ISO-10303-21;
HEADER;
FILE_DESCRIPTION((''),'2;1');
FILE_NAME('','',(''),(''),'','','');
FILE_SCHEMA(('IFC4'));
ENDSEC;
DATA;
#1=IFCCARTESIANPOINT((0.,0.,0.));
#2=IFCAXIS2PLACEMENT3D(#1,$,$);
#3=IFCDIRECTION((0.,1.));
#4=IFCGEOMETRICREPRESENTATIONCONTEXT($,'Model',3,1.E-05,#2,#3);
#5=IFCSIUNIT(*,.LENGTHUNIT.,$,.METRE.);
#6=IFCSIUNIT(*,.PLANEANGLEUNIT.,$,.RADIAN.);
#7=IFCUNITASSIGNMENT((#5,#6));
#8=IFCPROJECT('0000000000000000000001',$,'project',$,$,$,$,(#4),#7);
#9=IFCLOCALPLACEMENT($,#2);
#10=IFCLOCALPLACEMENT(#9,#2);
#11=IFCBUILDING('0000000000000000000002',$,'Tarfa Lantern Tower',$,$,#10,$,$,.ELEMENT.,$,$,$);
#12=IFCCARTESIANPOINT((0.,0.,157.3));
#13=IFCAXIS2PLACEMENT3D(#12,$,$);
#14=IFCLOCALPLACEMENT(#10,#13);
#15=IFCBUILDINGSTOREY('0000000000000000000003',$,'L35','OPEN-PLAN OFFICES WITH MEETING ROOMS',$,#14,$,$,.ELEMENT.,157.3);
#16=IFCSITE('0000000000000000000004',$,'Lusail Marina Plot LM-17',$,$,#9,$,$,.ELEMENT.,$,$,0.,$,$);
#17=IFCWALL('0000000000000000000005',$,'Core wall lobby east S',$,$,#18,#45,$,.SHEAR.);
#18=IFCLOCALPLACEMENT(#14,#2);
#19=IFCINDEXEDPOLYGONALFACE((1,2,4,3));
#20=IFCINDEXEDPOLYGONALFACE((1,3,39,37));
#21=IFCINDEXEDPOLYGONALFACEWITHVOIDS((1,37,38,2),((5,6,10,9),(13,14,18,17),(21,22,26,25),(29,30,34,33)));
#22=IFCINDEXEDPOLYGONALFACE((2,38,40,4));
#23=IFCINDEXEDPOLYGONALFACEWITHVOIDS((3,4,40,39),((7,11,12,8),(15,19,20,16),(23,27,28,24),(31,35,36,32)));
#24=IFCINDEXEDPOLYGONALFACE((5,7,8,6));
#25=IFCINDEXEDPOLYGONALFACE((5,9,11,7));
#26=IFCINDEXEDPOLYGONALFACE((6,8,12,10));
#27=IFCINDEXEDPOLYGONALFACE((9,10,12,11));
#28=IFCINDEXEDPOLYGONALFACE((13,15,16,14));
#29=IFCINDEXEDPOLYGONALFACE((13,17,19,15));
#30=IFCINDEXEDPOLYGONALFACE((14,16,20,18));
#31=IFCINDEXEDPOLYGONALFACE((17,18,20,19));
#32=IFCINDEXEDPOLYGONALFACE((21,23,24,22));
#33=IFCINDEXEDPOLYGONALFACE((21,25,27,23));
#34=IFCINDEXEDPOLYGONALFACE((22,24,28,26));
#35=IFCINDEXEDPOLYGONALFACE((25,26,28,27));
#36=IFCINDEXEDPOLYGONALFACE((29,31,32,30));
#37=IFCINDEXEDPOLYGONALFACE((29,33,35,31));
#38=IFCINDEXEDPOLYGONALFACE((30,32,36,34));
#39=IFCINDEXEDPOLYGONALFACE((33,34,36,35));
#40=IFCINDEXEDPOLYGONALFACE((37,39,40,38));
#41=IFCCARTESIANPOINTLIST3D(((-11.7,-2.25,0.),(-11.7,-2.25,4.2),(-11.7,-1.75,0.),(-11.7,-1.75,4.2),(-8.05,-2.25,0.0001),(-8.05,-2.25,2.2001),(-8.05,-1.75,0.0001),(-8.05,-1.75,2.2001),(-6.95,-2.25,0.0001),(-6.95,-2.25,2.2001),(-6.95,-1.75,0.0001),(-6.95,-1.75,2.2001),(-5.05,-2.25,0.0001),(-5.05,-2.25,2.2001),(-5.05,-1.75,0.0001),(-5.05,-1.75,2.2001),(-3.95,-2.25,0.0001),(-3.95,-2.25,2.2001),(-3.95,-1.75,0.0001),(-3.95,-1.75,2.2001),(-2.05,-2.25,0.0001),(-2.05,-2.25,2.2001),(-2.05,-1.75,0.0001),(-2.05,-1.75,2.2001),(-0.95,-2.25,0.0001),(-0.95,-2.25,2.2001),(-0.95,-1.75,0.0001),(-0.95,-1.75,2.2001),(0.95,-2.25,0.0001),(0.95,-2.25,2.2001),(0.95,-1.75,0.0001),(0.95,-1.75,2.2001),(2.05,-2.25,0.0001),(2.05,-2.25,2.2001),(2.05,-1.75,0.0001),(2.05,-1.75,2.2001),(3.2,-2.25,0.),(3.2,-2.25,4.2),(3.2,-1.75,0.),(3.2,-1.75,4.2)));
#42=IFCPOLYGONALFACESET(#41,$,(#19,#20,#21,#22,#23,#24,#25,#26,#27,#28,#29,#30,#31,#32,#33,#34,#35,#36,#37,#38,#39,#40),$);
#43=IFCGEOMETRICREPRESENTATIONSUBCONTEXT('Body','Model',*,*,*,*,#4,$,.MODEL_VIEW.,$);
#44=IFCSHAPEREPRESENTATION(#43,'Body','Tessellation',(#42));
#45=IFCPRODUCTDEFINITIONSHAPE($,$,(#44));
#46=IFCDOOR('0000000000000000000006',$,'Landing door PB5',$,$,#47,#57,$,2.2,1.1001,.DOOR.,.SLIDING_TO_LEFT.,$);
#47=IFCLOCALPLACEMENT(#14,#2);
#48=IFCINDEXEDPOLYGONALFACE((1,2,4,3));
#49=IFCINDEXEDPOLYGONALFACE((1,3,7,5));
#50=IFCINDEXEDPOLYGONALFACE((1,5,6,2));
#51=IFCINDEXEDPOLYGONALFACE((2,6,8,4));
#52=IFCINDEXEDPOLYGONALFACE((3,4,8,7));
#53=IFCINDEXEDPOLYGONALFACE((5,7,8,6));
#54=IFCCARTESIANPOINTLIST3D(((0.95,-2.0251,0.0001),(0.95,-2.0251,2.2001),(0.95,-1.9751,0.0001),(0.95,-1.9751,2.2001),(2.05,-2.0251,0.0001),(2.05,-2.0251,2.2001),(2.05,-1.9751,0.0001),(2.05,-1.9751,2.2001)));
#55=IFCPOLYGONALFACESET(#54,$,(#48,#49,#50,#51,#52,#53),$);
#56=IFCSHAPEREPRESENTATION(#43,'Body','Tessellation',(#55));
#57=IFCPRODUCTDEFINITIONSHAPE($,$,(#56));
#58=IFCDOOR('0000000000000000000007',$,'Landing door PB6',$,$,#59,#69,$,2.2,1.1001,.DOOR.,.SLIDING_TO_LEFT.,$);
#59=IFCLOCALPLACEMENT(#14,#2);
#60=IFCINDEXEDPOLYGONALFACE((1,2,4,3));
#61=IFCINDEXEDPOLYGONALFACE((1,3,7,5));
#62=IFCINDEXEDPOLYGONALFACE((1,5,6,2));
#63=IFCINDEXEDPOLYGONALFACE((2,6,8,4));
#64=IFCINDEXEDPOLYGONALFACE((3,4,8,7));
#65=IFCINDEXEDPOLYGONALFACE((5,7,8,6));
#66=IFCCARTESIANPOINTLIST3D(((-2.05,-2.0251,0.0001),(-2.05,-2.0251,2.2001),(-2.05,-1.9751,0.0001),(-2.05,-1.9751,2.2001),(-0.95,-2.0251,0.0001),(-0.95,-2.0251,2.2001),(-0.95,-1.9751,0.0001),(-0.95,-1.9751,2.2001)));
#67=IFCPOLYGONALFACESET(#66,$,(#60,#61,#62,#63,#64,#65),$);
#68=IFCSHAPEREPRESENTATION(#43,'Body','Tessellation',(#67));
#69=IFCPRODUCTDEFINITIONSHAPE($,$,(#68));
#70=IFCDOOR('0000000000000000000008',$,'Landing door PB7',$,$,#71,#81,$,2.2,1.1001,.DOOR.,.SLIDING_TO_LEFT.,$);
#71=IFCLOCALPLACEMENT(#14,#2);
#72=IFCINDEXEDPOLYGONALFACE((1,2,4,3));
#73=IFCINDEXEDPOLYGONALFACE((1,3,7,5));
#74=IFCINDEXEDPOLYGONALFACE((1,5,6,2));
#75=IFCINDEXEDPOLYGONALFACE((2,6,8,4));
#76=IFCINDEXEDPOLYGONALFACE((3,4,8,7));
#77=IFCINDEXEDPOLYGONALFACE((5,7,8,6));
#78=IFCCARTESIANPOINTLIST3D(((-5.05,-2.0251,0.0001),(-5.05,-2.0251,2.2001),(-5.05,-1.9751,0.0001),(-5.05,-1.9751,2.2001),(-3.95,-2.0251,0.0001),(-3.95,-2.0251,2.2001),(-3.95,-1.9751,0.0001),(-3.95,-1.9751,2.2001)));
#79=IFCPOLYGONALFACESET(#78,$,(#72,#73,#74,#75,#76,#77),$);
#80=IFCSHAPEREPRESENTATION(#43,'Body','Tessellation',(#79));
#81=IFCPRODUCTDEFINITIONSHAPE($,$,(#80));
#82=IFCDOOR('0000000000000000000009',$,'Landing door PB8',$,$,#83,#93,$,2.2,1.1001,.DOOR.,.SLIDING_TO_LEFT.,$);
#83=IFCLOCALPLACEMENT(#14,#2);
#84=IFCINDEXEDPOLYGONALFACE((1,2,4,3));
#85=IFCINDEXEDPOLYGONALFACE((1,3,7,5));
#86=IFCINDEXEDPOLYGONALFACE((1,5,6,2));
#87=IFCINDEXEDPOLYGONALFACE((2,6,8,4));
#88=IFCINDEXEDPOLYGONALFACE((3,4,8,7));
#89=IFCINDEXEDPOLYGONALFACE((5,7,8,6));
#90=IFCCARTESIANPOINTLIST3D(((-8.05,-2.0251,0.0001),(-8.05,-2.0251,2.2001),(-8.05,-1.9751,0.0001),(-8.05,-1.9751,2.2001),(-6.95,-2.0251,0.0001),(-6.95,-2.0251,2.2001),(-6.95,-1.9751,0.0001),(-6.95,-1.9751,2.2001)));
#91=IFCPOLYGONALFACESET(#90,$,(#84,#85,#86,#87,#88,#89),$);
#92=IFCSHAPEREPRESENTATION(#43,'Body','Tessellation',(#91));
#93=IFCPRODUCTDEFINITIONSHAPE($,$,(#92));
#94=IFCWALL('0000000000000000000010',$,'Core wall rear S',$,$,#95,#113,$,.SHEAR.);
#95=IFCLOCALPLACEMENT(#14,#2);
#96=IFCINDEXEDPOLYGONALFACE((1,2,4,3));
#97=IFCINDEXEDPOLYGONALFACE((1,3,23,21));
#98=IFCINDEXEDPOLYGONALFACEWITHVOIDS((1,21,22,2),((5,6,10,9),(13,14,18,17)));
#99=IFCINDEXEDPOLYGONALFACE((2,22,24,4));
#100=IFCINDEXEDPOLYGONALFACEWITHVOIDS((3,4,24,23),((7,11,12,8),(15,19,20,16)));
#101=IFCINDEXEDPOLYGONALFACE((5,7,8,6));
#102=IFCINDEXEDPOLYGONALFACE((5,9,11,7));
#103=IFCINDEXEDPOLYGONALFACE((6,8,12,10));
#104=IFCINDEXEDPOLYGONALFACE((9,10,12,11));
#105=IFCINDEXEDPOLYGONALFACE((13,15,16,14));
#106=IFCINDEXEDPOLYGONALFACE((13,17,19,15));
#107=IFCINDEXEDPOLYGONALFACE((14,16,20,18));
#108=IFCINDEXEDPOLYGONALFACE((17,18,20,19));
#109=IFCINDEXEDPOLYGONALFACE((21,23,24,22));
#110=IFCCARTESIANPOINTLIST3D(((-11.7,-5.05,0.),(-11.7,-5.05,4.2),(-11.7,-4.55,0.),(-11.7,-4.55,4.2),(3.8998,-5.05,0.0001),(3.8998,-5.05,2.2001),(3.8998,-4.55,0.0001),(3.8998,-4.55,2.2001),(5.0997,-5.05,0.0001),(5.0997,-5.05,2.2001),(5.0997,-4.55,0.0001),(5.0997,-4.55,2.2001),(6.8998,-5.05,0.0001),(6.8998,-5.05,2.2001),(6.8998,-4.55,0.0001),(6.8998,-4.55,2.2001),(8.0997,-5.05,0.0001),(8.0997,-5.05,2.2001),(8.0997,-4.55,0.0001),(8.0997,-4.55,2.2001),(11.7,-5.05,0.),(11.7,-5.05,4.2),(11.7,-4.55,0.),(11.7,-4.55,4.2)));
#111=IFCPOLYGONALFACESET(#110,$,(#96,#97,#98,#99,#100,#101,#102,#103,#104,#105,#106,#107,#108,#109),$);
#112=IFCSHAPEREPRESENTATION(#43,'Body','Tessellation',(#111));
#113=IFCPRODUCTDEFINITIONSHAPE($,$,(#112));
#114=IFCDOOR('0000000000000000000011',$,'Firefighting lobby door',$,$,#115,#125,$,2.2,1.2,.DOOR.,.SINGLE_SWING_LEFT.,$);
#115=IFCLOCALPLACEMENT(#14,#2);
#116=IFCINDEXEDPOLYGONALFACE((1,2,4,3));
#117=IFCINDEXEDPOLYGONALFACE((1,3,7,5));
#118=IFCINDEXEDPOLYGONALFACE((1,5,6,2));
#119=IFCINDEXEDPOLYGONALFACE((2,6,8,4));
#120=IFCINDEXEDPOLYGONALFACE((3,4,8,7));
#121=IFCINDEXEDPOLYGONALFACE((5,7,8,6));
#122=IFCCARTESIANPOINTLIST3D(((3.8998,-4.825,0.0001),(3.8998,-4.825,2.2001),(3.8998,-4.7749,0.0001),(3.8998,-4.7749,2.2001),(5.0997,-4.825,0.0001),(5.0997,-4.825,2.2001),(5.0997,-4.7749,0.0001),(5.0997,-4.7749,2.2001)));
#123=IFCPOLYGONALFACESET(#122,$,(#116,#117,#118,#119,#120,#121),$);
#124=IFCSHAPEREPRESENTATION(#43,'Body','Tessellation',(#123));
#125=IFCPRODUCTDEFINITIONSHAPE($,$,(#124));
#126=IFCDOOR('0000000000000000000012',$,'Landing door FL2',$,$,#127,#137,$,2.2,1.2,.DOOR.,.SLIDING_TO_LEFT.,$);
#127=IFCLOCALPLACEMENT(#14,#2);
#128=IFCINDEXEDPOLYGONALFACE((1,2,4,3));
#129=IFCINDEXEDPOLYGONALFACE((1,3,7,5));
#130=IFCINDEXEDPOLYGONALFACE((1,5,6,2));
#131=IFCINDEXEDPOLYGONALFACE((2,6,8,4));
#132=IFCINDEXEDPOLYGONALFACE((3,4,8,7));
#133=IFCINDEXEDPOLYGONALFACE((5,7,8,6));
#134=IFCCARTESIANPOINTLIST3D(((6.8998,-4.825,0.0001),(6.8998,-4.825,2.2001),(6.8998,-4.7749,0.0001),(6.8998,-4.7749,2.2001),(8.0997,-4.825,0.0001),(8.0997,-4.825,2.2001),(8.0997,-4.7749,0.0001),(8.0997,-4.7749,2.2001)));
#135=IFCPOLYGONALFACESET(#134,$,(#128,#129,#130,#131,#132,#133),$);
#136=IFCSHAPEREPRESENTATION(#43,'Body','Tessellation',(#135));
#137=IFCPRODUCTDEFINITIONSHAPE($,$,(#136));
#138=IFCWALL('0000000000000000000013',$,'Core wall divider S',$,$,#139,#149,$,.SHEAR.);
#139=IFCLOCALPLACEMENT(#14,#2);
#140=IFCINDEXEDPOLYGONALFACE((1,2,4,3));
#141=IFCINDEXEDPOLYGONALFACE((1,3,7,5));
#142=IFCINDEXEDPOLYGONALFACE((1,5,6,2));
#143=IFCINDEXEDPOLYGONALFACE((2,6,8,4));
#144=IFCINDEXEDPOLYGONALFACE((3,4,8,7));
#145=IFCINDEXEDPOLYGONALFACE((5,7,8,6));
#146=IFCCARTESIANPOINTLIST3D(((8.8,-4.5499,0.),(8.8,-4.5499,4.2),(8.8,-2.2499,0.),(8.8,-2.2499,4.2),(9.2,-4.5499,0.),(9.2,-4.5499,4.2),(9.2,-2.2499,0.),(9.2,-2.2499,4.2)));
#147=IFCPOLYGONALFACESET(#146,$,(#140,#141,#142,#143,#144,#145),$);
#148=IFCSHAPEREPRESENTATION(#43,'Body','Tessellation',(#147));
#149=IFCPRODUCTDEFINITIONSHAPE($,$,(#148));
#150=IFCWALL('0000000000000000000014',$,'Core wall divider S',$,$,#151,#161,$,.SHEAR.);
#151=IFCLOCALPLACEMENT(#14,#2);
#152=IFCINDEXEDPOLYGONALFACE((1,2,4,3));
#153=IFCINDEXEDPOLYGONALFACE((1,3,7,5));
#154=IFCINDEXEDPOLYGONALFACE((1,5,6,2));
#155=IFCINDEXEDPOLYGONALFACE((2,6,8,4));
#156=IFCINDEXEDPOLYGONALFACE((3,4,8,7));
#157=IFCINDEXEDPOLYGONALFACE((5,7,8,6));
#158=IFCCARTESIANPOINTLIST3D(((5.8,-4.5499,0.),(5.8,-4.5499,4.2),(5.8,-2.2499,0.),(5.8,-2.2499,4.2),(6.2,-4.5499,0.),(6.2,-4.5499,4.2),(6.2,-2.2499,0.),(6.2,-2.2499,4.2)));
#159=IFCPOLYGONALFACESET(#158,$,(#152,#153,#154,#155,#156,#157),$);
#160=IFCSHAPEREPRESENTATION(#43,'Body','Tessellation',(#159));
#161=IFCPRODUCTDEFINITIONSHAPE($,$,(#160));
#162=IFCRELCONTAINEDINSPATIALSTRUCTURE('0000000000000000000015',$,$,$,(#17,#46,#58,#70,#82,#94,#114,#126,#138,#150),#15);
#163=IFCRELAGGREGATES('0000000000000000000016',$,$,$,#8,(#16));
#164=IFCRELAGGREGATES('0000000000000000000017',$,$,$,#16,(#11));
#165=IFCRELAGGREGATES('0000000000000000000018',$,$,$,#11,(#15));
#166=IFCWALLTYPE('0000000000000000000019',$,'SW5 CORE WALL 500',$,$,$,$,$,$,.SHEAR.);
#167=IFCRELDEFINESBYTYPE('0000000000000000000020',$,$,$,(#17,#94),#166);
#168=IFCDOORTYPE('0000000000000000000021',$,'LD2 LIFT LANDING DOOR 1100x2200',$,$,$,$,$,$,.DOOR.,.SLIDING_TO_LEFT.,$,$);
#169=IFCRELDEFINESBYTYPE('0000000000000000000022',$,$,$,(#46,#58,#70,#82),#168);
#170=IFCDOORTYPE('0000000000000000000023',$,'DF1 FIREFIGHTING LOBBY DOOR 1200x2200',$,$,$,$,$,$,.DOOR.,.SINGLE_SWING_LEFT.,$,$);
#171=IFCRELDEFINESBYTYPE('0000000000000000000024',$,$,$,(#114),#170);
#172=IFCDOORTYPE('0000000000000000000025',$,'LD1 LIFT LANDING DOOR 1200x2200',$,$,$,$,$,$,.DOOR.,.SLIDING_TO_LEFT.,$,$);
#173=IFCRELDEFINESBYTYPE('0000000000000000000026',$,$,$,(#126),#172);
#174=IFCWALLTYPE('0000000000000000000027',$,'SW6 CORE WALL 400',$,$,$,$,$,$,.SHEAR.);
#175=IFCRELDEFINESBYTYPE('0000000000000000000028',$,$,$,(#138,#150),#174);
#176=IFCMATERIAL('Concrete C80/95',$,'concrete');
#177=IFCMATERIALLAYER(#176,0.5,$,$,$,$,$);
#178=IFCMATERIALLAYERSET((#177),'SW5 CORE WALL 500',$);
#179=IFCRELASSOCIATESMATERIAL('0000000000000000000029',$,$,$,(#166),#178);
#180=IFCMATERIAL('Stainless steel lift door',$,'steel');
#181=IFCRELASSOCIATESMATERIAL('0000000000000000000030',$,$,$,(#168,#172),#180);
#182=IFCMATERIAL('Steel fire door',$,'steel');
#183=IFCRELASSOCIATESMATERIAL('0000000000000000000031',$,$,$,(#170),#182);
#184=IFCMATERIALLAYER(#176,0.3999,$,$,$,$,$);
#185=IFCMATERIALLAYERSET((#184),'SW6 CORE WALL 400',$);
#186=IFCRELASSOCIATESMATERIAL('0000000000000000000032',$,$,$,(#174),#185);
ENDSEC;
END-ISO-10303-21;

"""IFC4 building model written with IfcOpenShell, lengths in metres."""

from ifc_helpers import new_model, si_unit, direction, frame, frame_2d, origin, place, context, subcontext, project, spatial, rectangle, extrude, material, layer, layer_set, type_object, element, fill, save


model = new_model("IFC4")

# Units and contexts
model_context = context("Model", 3, precision=1e-05, world=origin(), true_north=direction((0.0, 1.0)))
body_context = subcontext(model_context, "Body", "Model", "MODEL_VIEW")
ifc_project = project(units=[si_unit("LENGTHUNIT", "METRE"), si_unit("PLANEANGLEUNIT", "RADIAN")], contexts=[model_context])

# Site, building, storey
site_placement = place(None, origin())
site = spatial("IfcSite", under=ifc_project, at=site_placement, Name="Lusail Marina Plot LM-17", CompositionType="ELEMENT", RefElevation=0.0)
building_placement = place(site_placement, origin())
building = spatial("IfcBuilding", under=site, at=building_placement, Name="Tarfa Lantern Tower", CompositionType="ELEMENT")
storey_placement = place(building_placement, frame((0.0, 0.0, 157.3)))
storey = spatial("IfcBuildingStorey", under=building, at=storey_placement, Name="L35", Description="OPEN-PLAN OFFICES WITH MEETING ROOMS", CompositionType="ELEMENT", Elevation=157.3)

# Shared definitions
ifc_material_1 = material(Name="Concrete C80/95", Category="concrete")

# Shared definitions
ifc_material_2 = material(Name="Steel fire door", Category="steel")

# Shared definitions
ifc_layer_1 = layer(ifc_material_1, 0.5)
ifc_layer_set_1 = layer_set([ifc_layer_1], Name="SW5 CORE WALL 500")
wall_type_1 = type_object("IfcWallType", Name="SW5 CORE WALL 500", PredefinedType="SHEAR", material=ifc_layer_set_1)

# Walls, openings, doors
wall_1_placement = place(storey_placement, frame((3.2, -2.0, 0.0), z_axis=(0.0, 0.0, 1.0), x_axis=(-1.0, 0.0, 0.0)))
wall_1 = element("IfcWall", 1, at=wall_1_placement, inside=storey, type_object=wall_type_1, Name="Core wall lobby east S", PredefinedType="SHEAR", context=body_context, shape_type="SweptSolid", body=[
    extrude(rectangle(XDim=14.8999, YDim=0.5, at=frame_2d((7.45, 0.0))), origin(), (0.0, 0.0, 1.0), 4.2),
])
opening_1_placement = place(wall_1_placement, frame((1.1499, 0.0, 0.0)))
opening_1 = element("IfcOpeningElement", 2, at=opening_1_placement, cuts=wall_1, PredefinedType="OPENING", context=body_context, shape_type="SweptSolid", body=[
    extrude(rectangle(XDim=1.1001, YDim=2.2, at=frame_2d((0.55, 1.1001))), frame((0.0, 0.26, 0.0), z_axis=(0.0, -1.0, 0.0), x_axis=(1.0, 0.0, 0.0)), (0.0, 0.0, 1.0), 0.52),
])
opening_2_placement = place(wall_1_placement, frame((4.1499, 0.0, 0.0)))
opening_2 = element("IfcOpeningElement", 3, at=opening_2_placement, cuts=wall_1, PredefinedType="OPENING", context=body_context, shape_type="SweptSolid", body=[
    extrude(rectangle(XDim=1.1001, YDim=2.2, at=frame_2d((0.55, 1.1001))), frame((0.0, 0.26, 0.0), z_axis=(0.0, -1.0, 0.0), x_axis=(1.0, 0.0, 0.0)), (0.0, 0.0, 1.0), 0.52),
])
opening_3_placement = place(wall_1_placement, frame((7.1499, 0.0, 0.0)))
opening_3 = element("IfcOpeningElement", 4, at=opening_3_placement, cuts=wall_1, PredefinedType="OPENING", context=body_context, shape_type="SweptSolid", body=[
    extrude(rectangle(XDim=1.1001, YDim=2.2, at=frame_2d((0.55, 1.1001))), frame((0.0, 0.26, 0.0), z_axis=(0.0, -1.0, 0.0), x_axis=(1.0, 0.0, 0.0)), (0.0, 0.0, 1.0), 0.52),
])
opening_4_placement = place(wall_1_placement, frame((10.1499, 0.0, 0.0)))
opening_4 = element("IfcOpeningElement", 5, at=opening_4_placement, cuts=wall_1, PredefinedType="OPENING", context=body_context, shape_type="SweptSolid", body=[
    extrude(rectangle(XDim=1.1001, YDim=2.2, at=frame_2d((0.55, 1.1001))), frame((0.0, 0.26, 0.0), z_axis=(0.0, -1.0, 0.0), x_axis=(1.0, 0.0, 0.0)), (0.0, 0.0, 1.0), 0.52),
])
ifc_material_3 = material(Name="Stainless steel lift door", Category="steel")
door_type_1 = type_object("IfcDoorType", Name="LD2 LIFT LANDING DOOR 1100x2200", OperationType="SLIDING_TO_LEFT", PredefinedType="DOOR", material=ifc_material_3)
door_1_placement = place(opening_1_placement, frame((1.1001, 0.0, 0.0), z_axis=(0.0, 0.0, 1.0), x_axis=(-1.0, 0.0, 0.0)))
door_1 = element("IfcDoor", 6, at=door_1_placement, inside=storey, type_object=door_type_1, Name="Landing door PB5", OperationType="SLIDING_TO_LEFT", OverallHeight=2.2, OverallWidth=1.1001, PredefinedType="DOOR", context=body_context, shape_type="SweptSolid", body=[
    extrude(rectangle(XDim=1.1001, YDim=2.2, at=frame_2d((0.55, 1.1001))), frame((0.0, 0.0249, 0.0), z_axis=(0.0, -1.0, 0.0), x_axis=(1.0, 0.0, 0.0)), (0.0, 0.0, 1.0), 0.05),
])
fill(opening_1, door_1)
door_2_placement = place(opening_2_placement, frame((1.1001, 0.0, 0.0), z_axis=(0.0, 0.0, 1.0), x_axis=(-1.0, 0.0, 0.0)))
door_2 = element("IfcDoor", 7, at=door_2_placement, inside=storey, type_object=door_type_1, Name="Landing door PB6", OperationType="SLIDING_TO_LEFT", OverallHeight=2.2, OverallWidth=1.1001, PredefinedType="DOOR", context=body_context, shape_type="SweptSolid", body=[
    extrude(rectangle(XDim=1.1001, YDim=2.2, at=frame_2d((0.55, 1.1001))), frame((0.0, 0.0249, 0.0), z_axis=(0.0, -1.0, 0.0), x_axis=(1.0, 0.0, 0.0)), (0.0, 0.0, 1.0), 0.05),
])
fill(opening_2, door_2)
door_3_placement = place(opening_3_placement, frame((1.1001, 0.0, 0.0), z_axis=(0.0, 0.0, 1.0), x_axis=(-1.0, 0.0, 0.0)))
door_3 = element("IfcDoor", 8, at=door_3_placement, inside=storey, type_object=door_type_1, Name="Landing door PB7", OperationType="SLIDING_TO_LEFT", OverallHeight=2.2, OverallWidth=1.1001, PredefinedType="DOOR", context=body_context, shape_type="SweptSolid", body=[
    extrude(rectangle(XDim=1.1001, YDim=2.2, at=frame_2d((0.55, 1.1001))), frame((0.0, 0.0249, 0.0), z_axis=(0.0, -1.0, 0.0), x_axis=(1.0, 0.0, 0.0)), (0.0, 0.0, 1.0), 0.05),
])
fill(opening_3, door_3)
door_4_placement = place(opening_4_placement, frame((1.1001, 0.0, 0.0), z_axis=(0.0, 0.0, 1.0), x_axis=(-1.0, 0.0, 0.0)))
door_4 = element("IfcDoor", 9, at=door_4_placement, inside=storey, type_object=door_type_1, Name="Landing door PB8", OperationType="SLIDING_TO_LEFT", OverallHeight=2.2, OverallWidth=1.1001, PredefinedType="DOOR", context=body_context, shape_type="SweptSolid", body=[
    extrude(rectangle(XDim=1.1001, YDim=2.2, at=frame_2d((0.55, 1.1001))), frame((0.0, 0.0249, 0.0), z_axis=(0.0, -1.0, 0.0), x_axis=(1.0, 0.0, 0.0)), (0.0, 0.0, 1.0), 0.05),
])
fill(opening_4, door_4)
wall_2_placement = place(storey_placement, frame((11.7, -4.8, 0.0), z_axis=(0.0, 0.0, 1.0), x_axis=(-1.0, 0.0, 0.0)))
wall_2 = element("IfcWall", 10, at=wall_2_placement, inside=storey, type_object=wall_type_1, Name="Core wall rear S", PredefinedType="SHEAR", context=body_context, shape_type="SweptSolid", body=[
    extrude(rectangle(XDim=23.3999, YDim=0.5, at=frame_2d((11.7, 0.0))), origin(), (0.0, 0.0, 1.0), 4.2),
])
opening_5_placement = place(wall_2_placement, frame((6.6001, 0.0, 0.0)))
opening_5 = element("IfcOpeningElement", 11, at=opening_5_placement, cuts=wall_2, PredefinedType="OPENING", context=body_context, shape_type="SweptSolid", body=[
    extrude(rectangle(XDim=1.2, YDim=2.2, at=frame_2d((0.6001, 1.1001))), frame((0.0, 0.26, 0.0), z_axis=(0.0, -1.0, 0.0), x_axis=(1.0, 0.0, 0.0)), (0.0, 0.0, 1.0), 0.52),
])
opening_6_placement = place(wall_2_placement, frame((3.6001, 0.0, 0.0)))
opening_6 = element("IfcOpeningElement", 12, at=opening_6_placement, cuts=wall_2, PredefinedType="OPENING", context=body_context, shape_type="SweptSolid", body=[
    extrude(rectangle(XDim=1.2, YDim=2.2, at=frame_2d((0.6001, 1.1001))), frame((0.0, 0.26, 0.0), z_axis=(0.0, -1.0, 0.0), x_axis=(1.0, 0.0, 0.0)), (0.0, 0.0, 1.0), 0.52),
])
door_type_2 = type_object("IfcDoorType", Name="DF1 FIREFIGHTING LOBBY DOOR 1200x2200", OperationType="SINGLE_SWING_LEFT", PredefinedType="DOOR", material=ifc_material_2)
door_5_placement = place(opening_5_placement, origin())
door_5 = element("IfcDoor", 13, at=door_5_placement, inside=storey, type_object=door_type_2, Name="Firefighting lobby door", OperationType="SINGLE_SWING_LEFT", OverallHeight=2.2, OverallWidth=1.2, PredefinedType="DOOR", context=body_context, shape_type="SweptSolid", body=[
    extrude(rectangle(XDim=1.2, YDim=2.2, at=frame_2d((0.6001, 1.1001))), frame((0.0, 0.0249, 0.0), z_axis=(0.0, -1.0, 0.0), x_axis=(1.0, 0.0, 0.0)), (0.0, 0.0, 1.0), 0.05),
])
fill(opening_5, door_5)
door_type_3 = type_object("IfcDoorType", Name="LD1 LIFT LANDING DOOR 1200x2200", OperationType="SLIDING_TO_LEFT", PredefinedType="DOOR", material=ifc_material_3)
door_6_placement = place(opening_6_placement, origin())
door_6 = element("IfcDoor", 14, at=door_6_placement, inside=storey, type_object=door_type_3, Name="Landing door FL2", OperationType="SLIDING_TO_LEFT", OverallHeight=2.2, OverallWidth=1.2, PredefinedType="DOOR", context=body_context, shape_type="SweptSolid", body=[
    extrude(rectangle(XDim=1.2, YDim=2.2, at=frame_2d((0.6001, 1.1001))), frame((0.0, 0.0249, 0.0), z_axis=(0.0, -1.0, 0.0), x_axis=(1.0, 0.0, 0.0)), (0.0, 0.0, 1.0), 0.05),
])
fill(opening_6, door_6)

# Walls
ifc_layer_2 = layer(ifc_material_1, 0.3999)
ifc_layer_set_2 = layer_set([ifc_layer_2], Name="SW6 CORE WALL 400")
wall_type_2 = type_object("IfcWallType", Name="SW6 CORE WALL 400", PredefinedType="SHEAR", material=ifc_layer_set_2)
for number, where, z_axis, x_axis, name in (
    (15, (9.0, -2.25, 0.0), (0.0, 0.0, 1.0), (0.0, -1.0, 0.0), "Core wall divider S"),
    (16, (6.0, -2.25, 0.0), (0.0, 0.0, 1.0), (0.0, -1.0, 0.0), "Core wall divider S"),
):
    element("IfcWall", number, at=place(storey_placement, frame(where, z_axis=z_axis, x_axis=x_axis)), inside=storey, type_object=wall_type_2, Name=name, PredefinedType="SHEAR", context=body_context, shape_type="SweptSolid", body=[
        extrude(rectangle(XDim=2.3, YDim=0.3999, at=frame_2d((1.1499, 0.0))), origin(), (0.0, 0.0, 1.0), 4.2),
    ])

save(model, "model.ifc")
